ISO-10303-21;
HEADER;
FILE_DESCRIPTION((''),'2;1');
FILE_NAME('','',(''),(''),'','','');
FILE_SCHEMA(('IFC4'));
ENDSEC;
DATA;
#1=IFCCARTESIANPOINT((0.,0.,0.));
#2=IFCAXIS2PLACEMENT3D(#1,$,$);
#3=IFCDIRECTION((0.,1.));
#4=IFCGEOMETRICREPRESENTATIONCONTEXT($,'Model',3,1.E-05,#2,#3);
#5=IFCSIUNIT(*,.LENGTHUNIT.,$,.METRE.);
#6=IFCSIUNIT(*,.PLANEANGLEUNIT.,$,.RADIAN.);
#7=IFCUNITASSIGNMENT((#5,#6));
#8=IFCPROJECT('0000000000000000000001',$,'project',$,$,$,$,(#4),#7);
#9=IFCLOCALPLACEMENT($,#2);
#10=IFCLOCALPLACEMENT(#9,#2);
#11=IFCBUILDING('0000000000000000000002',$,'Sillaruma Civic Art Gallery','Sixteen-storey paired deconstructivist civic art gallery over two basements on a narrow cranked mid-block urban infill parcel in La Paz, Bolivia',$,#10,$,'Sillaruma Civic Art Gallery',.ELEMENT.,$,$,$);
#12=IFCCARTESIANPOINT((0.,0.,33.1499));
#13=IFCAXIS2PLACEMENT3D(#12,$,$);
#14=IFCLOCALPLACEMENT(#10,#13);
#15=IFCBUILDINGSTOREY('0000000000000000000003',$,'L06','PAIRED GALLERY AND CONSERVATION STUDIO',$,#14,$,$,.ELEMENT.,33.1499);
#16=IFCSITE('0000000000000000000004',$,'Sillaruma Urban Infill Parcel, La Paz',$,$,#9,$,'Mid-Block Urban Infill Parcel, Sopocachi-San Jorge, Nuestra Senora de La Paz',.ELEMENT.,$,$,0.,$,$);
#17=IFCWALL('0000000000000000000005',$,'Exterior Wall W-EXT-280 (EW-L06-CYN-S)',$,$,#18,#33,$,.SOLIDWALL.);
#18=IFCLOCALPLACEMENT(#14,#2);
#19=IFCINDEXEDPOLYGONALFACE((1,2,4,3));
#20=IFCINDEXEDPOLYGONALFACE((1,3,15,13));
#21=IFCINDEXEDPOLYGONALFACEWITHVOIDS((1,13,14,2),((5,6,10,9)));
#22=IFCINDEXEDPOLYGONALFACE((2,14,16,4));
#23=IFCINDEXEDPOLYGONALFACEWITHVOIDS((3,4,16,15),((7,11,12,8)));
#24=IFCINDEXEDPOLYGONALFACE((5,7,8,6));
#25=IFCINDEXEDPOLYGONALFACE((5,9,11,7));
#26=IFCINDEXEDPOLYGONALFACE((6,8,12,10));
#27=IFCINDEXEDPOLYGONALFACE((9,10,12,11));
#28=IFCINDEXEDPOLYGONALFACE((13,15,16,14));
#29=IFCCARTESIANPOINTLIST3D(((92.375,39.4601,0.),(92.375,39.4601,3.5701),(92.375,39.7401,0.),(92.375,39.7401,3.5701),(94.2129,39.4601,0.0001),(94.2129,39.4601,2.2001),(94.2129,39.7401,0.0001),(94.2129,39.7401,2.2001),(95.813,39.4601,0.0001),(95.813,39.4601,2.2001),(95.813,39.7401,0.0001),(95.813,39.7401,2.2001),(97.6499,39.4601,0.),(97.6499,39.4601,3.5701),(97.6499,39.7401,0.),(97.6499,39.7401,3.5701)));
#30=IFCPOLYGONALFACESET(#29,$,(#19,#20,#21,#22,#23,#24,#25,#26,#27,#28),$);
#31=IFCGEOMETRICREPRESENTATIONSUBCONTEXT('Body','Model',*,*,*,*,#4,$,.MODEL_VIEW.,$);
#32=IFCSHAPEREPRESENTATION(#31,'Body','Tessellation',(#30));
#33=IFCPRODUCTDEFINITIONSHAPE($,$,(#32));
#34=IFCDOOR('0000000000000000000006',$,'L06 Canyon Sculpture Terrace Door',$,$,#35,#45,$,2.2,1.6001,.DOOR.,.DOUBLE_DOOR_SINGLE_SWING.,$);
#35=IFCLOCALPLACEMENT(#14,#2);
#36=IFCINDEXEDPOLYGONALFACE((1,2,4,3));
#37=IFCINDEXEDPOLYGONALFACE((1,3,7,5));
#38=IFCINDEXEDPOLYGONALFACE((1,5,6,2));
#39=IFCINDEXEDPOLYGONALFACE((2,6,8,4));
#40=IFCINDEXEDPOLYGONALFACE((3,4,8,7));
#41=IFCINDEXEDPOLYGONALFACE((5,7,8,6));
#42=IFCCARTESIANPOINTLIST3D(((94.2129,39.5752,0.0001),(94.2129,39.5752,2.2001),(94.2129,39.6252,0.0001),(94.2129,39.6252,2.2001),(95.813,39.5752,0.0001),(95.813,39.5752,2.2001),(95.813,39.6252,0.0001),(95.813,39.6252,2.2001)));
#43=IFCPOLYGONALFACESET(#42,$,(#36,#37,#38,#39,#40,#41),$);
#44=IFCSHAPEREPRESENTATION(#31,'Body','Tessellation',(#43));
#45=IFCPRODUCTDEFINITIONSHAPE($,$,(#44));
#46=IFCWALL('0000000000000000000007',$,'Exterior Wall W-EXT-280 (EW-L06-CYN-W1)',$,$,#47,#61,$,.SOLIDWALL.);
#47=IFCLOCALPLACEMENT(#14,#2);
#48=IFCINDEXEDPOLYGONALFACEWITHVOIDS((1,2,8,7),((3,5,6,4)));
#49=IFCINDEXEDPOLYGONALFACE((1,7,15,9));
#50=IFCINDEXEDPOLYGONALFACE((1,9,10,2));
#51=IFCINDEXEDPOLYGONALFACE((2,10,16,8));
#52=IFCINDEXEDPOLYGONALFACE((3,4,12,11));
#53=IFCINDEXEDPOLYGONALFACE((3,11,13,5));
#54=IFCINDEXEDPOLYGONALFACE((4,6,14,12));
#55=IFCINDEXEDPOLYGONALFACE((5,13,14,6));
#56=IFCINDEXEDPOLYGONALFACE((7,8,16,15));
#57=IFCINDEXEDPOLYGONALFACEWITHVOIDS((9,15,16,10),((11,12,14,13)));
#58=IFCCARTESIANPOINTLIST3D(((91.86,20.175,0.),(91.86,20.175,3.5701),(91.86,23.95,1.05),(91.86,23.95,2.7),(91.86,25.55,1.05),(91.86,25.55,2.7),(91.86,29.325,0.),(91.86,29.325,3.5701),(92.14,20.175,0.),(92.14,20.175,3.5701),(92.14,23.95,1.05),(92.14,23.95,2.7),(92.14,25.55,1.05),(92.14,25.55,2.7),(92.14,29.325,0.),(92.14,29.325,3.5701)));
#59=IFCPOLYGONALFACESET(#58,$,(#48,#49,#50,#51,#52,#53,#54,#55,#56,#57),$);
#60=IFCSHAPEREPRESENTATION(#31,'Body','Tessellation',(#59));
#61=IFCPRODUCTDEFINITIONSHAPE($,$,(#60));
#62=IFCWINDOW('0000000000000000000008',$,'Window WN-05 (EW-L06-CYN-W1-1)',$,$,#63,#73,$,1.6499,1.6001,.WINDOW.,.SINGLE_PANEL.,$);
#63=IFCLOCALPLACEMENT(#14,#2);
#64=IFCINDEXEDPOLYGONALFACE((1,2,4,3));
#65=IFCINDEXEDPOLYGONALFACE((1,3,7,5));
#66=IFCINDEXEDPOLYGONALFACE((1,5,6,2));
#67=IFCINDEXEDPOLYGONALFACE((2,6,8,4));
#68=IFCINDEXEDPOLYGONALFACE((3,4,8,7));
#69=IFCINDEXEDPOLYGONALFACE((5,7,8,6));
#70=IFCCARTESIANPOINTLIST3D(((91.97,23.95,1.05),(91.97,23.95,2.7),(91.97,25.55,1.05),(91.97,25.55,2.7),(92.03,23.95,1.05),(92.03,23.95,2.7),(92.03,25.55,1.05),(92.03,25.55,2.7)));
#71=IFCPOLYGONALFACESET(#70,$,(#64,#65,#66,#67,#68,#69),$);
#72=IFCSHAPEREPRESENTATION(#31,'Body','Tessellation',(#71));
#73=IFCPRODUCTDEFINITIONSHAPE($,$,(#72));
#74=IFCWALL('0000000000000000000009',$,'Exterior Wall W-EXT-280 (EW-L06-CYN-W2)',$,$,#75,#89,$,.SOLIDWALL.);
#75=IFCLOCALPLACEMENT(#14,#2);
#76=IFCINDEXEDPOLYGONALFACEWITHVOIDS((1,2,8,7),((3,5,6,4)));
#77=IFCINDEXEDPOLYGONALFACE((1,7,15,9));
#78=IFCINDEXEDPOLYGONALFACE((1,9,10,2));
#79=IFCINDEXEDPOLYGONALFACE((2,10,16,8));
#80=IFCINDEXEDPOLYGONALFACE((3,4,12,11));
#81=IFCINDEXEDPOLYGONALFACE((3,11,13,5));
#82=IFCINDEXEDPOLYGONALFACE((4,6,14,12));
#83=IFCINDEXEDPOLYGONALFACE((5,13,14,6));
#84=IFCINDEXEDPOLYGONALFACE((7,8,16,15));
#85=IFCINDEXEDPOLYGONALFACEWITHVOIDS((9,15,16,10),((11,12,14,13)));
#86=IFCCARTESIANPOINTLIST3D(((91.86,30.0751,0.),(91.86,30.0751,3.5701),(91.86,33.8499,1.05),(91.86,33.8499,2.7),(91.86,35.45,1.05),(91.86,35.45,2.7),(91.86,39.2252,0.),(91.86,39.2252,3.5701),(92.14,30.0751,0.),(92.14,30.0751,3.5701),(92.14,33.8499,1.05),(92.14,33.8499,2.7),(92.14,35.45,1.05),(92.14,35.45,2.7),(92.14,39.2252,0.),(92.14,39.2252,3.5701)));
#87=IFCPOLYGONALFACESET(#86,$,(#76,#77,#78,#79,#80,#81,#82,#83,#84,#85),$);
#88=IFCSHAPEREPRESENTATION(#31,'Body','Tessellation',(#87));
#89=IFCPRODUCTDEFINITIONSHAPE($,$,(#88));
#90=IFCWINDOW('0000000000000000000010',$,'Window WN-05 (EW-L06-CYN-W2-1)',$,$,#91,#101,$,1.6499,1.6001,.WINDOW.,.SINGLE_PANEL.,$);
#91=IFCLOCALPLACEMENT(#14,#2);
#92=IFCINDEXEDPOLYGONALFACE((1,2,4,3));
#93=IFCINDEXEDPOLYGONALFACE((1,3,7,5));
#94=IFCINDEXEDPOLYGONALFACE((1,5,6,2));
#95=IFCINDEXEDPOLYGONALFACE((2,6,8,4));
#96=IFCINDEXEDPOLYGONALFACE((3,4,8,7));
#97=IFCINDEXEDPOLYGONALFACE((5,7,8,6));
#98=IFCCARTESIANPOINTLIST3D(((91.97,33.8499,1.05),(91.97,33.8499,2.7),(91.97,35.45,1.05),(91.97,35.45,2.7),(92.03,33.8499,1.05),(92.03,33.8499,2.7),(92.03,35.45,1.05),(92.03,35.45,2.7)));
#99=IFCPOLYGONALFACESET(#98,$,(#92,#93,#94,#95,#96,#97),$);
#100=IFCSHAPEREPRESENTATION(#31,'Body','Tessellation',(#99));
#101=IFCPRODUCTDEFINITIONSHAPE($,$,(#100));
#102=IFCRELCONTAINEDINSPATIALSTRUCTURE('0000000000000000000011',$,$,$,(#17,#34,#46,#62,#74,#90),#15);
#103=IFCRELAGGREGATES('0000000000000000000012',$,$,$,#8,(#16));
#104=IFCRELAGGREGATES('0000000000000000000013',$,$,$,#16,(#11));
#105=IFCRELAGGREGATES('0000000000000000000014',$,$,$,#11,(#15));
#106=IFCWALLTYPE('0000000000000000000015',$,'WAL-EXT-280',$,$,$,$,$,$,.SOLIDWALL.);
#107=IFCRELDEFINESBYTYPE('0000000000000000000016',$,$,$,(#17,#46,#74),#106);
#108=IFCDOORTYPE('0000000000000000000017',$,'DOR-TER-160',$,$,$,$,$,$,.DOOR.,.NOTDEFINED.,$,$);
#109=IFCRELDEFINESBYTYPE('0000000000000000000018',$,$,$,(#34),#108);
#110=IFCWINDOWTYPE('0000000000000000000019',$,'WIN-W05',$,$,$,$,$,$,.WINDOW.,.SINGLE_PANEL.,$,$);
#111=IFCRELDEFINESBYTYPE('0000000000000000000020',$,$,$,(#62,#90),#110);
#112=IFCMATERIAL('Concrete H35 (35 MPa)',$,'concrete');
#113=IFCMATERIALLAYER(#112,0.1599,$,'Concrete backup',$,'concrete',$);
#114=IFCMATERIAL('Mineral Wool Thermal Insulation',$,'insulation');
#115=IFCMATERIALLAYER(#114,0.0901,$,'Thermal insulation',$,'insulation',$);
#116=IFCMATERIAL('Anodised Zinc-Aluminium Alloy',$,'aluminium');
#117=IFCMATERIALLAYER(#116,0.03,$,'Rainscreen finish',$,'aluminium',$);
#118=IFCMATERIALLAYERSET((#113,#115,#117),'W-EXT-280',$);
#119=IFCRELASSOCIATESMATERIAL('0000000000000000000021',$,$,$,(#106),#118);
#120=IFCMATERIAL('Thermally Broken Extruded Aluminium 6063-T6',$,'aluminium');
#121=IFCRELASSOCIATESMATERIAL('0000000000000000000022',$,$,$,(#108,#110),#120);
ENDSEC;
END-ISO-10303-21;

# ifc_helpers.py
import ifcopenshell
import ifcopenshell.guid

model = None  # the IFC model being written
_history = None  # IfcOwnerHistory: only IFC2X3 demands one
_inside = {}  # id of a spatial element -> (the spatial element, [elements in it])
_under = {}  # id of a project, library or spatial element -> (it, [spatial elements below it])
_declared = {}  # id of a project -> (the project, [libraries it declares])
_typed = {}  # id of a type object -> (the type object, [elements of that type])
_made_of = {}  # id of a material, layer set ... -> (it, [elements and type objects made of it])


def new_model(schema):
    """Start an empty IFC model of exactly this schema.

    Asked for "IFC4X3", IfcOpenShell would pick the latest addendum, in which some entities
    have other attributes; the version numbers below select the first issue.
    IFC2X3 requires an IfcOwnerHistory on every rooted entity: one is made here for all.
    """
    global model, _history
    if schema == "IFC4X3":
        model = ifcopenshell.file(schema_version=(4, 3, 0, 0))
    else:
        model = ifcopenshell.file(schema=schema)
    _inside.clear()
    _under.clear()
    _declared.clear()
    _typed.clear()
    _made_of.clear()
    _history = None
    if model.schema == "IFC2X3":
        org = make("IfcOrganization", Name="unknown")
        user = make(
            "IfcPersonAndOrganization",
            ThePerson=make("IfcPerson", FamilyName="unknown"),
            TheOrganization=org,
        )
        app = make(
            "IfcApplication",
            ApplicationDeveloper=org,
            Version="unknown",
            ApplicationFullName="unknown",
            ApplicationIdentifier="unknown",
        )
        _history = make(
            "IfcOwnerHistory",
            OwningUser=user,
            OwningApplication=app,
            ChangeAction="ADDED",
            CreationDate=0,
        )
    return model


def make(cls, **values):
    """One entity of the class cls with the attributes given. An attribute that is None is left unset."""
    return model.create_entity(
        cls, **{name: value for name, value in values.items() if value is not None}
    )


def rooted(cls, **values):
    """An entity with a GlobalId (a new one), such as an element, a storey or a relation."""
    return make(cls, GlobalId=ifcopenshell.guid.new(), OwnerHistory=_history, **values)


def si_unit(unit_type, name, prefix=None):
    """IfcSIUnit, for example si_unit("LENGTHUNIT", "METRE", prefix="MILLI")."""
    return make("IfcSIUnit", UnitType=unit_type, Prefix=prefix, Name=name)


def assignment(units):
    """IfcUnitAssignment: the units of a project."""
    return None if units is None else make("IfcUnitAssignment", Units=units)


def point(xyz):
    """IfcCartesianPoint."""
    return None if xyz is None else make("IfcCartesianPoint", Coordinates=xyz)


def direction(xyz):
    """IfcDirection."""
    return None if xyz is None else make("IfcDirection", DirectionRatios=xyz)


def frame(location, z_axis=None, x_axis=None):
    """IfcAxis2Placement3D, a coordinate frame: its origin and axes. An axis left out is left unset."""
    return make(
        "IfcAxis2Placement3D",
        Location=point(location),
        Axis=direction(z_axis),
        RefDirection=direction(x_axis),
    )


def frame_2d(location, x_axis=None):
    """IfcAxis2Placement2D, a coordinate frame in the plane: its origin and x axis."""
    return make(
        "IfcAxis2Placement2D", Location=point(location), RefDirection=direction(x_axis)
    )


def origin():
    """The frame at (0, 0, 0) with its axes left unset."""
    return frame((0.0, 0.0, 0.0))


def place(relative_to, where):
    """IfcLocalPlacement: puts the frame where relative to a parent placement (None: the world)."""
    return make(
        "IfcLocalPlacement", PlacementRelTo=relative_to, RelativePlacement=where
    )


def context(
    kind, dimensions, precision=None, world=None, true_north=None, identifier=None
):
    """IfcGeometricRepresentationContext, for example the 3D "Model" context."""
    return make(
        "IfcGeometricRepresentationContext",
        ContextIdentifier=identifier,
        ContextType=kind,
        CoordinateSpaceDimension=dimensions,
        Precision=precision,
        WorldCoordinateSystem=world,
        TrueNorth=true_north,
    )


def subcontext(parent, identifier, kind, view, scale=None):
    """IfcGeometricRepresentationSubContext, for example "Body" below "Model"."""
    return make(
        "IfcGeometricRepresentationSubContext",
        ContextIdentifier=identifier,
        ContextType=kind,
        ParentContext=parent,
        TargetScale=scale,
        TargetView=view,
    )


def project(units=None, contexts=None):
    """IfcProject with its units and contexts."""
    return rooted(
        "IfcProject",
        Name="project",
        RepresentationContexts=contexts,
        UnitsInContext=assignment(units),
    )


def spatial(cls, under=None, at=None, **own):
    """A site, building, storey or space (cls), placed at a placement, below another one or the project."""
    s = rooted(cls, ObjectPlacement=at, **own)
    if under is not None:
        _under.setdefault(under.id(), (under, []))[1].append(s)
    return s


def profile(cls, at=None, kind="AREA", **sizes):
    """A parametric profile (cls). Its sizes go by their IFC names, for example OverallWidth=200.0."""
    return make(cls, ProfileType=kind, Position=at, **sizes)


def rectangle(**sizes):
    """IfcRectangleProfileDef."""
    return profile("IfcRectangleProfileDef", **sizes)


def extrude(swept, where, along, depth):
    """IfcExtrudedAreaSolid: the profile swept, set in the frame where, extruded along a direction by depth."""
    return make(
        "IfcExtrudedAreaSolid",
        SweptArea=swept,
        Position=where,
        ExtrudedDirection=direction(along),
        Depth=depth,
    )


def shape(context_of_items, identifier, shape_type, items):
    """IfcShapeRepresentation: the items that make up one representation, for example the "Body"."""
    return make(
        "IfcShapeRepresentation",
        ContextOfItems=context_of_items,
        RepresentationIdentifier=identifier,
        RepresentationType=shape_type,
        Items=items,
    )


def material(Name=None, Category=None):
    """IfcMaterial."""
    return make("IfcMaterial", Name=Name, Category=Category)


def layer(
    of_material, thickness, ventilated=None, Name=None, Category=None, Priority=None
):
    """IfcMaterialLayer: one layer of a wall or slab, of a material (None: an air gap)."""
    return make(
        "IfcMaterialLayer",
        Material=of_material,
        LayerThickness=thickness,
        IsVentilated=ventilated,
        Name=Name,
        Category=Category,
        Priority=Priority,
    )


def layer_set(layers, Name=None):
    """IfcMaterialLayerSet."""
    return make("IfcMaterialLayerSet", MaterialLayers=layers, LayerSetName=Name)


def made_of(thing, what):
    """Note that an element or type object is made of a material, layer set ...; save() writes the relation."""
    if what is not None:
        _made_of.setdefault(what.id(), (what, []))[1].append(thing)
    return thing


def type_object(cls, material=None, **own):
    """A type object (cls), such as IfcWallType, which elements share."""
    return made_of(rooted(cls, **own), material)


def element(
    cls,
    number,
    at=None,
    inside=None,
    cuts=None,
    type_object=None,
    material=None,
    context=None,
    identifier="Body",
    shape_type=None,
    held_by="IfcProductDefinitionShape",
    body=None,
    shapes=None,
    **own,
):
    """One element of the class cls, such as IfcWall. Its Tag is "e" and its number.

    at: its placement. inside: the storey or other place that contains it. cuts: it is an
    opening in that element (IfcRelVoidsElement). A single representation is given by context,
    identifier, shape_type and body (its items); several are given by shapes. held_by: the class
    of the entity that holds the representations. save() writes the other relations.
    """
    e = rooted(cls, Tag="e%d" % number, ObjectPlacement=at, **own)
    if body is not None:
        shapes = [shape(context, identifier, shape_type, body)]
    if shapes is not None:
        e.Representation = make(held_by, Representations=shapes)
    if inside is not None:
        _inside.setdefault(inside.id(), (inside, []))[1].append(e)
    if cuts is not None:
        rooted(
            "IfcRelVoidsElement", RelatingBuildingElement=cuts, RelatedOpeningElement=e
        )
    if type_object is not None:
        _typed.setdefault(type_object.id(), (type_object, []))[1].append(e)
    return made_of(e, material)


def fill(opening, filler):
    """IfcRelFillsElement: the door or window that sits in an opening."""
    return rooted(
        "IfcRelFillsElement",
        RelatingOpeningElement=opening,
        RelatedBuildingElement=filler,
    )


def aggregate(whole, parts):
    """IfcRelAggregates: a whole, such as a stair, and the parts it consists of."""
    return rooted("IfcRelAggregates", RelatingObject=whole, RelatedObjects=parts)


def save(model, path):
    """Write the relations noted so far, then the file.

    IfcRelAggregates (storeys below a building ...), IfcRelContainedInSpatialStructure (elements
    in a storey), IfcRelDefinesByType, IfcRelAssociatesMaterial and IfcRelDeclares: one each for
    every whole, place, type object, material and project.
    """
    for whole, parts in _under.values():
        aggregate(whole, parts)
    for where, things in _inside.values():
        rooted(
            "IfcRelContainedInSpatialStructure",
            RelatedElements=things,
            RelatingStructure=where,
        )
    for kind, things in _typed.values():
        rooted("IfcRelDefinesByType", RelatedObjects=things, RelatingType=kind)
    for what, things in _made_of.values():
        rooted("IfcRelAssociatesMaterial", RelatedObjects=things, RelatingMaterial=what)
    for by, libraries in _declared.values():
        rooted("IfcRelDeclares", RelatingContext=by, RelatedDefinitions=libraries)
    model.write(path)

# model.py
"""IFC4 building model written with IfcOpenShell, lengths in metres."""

from ifc_helpers import new_model, si_unit, direction, frame, frame_2d, origin, place, context, subcontext, project, spatial, rectangle, extrude, material, layer, layer_set, type_object, element, fill, save


model = new_model("IFC4")

# Units and contexts
model_context = context("Model", 3, precision=1e-05, world=origin(), true_north=direction((0.0, 1.0)))
body_context = subcontext(model_context, "Body", "Model", "MODEL_VIEW")
ifc_project = project(units=[si_unit("LENGTHUNIT", "METRE"), si_unit("PLANEANGLEUNIT", "RADIAN")], contexts=[model_context])

# Site, building, storey
site_placement = place(None, origin())
site = spatial("IfcSite", under=ifc_project, at=site_placement, Name="Sillaruma Urban Infill Parcel, La Paz", LongName="Mid-Block Urban Infill Parcel, Sopocachi-San Jorge, Nuestra Senora de La Paz", CompositionType="ELEMENT", RefElevation=0.0)
building_placement = place(site_placement, origin())
building = spatial("IfcBuilding", under=site, at=building_placement, Name="Sillaruma Civic Art Gallery", Description="Sixteen-storey paired deconstructivist civic art gallery over two basements on a narrow cranked mid-block urban infill parcel in La Paz, Bolivia", LongName="Sillaruma Civic Art Gallery", CompositionType="ELEMENT")
storey_placement = place(building_placement, frame((0.0, 0.0, 33.1499)))
storey = spatial("IfcBuildingStorey", under=building, at=storey_placement, Name="L06", Description="PAIRED GALLERY AND CONSERVATION STUDIO", CompositionType="ELEMENT", Elevation=33.1499)

# Shared definitions
ifc_material_1 = material(Name="Concrete H35 (35 MPa)", Category="concrete")

# Wall, opening, door
ifc_layer_1 = layer(ifc_material_1, 0.1599, Name="Concrete backup", Category="concrete")
ifc_material_2 = material(Name="Mineral Wool Thermal Insulation", Category="insulation")
ifc_layer_2 = layer(ifc_material_2, 0.0901, Name="Thermal insulation", Category="insulation")
ifc_material_3 = material(Name="Anodised Zinc-Aluminium Alloy", Category="aluminium")
ifc_layer_3 = layer(ifc_material_3, 0.03, Name="Rainscreen finish", Category="aluminium")
ifc_layer_set = layer_set([ifc_layer_1, ifc_layer_2, ifc_layer_3], Name="W-EXT-280")
wall_type = type_object("IfcWallType", Name="WAL-EXT-280", PredefinedType="SOLIDWALL", material=ifc_layer_set)
wall_1_placement = place(storey_placement, frame((92.375, 39.6001, 0.0), z_axis=(0.0, 0.0, 1.0), x_axis=(1.0, 0.0, 0.0)))
wall_1 = element("IfcWall", 1, at=wall_1_placement, inside=storey, type_object=wall_type, Name="Exterior Wall W-EXT-280 (EW-L06-CYN-S)", PredefinedType="SOLIDWALL", context=body_context, shape_type="SweptSolid", body=[
    extrude(rectangle(XDim=5.2749, YDim=0.28, at=frame_2d((2.6375, 0.0))), origin(), (0.0, 0.0, 1.0), 3.5701),
])
opening_1_placement = place(wall_1_placement, frame((1.8379, 0.0, 0.0)))
opening_1 = element("IfcOpeningElement", 2, at=opening_1_placement, cuts=wall_1, PredefinedType="OPENING", context=body_context, shape_type="SweptSolid", body=[
    extrude(rectangle(XDim=1.6001, YDim=2.2, at=frame_2d((0.8, 1.1001))), frame((0.0, 0.1499, 0.0), z_axis=(0.0, -1.0, 0.0), x_axis=(1.0, 0.0, 0.0)), (0.0, 0.0, 1.0), 0.3),
])
ifc_material_4 = material(Name="Thermally Broken Extruded Aluminium 6063-T6", Category="aluminium")
door_type = type_object("IfcDoorType", Name="DOR-TER-160", OperationType="NOTDEFINED", PredefinedType="DOOR", material=ifc_material_4)
door_placement = place(opening_1_placement, frame((1.6001, 0.0, 0.0), z_axis=(0.0, 0.0, 1.0), x_axis=(-1.0, 0.0, 0.0)))
door = element("IfcDoor", 3, at=door_placement, inside=storey, type_object=door_type, Name="L06 Canyon Sculpture Terrace Door", OperationType="DOUBLE_DOOR_SINGLE_SWING", OverallHeight=2.2, OverallWidth=1.6001, PredefinedType="DOOR", context=body_context, shape_type="SweptSolid", body=[
    extrude(rectangle(XDim=1.6001, YDim=2.2, at=frame_2d((0.8, 1.1001))), frame((0.0, 0.0249, 0.0), z_axis=(0.0, -1.0, 0.0), x_axis=(1.0, 0.0, 0.0)), (0.0, 0.0, 1.0), 0.05),
])
fill(opening_1, door)

# Walls, openings, windows
wall_2_placement = place(storey_placement, frame((92.0, 20.175, 0.0), z_axis=(0.0, 0.0, 1.0), x_axis=(0.0, 1.0, 0.0)))
wall_2 = element("IfcWall", 4, at=wall_2_placement, inside=storey, type_object=wall_type, Name="Exterior Wall W-EXT-280 (EW-L06-CYN-W1)", PredefinedType="SOLIDWALL", context=body_context, shape_type="SweptSolid", body=[
    extrude(rectangle(XDim=9.1499, YDim=0.28, at=frame_2d((4.575, 0.0))), origin(), (0.0, 0.0, 1.0), 3.5701),
])
opening_2_placement = place(wall_2_placement, frame((3.7749, 0.0, 1.05)))
opening_2 = element("IfcOpeningElement", 5, at=opening_2_placement, cuts=wall_2, PredefinedType="OPENING", context=body_context, shape_type="SweptSolid", body=[
    extrude(rectangle(XDim=1.6001, YDim=1.6499, at=frame_2d((0.8, 0.825))), frame((0.0, 0.1499, 0.0), z_axis=(0.0, -1.0, 0.0), x_axis=(1.0, 0.0, 0.0)), (0.0, 0.0, 1.0), 0.3),
])
window_type = type_object("IfcWindowType", Name="WIN-W05", PartitioningType="SINGLE_PANEL", PredefinedType="WINDOW", material=ifc_material_4)
window_1_placement = place(opening_2_placement, origin())
window_1 = element("IfcWindow", 6, at=window_1_placement, inside=storey, type_object=window_type, Name="Window WN-05 (EW-L06-CYN-W1-1)", OverallHeight=1.6499, OverallWidth=1.6001, PartitioningType="SINGLE_PANEL", PredefinedType="WINDOW", context=body_context, shape_type="SweptSolid", body=[
    extrude(rectangle(XDim=1.6001, YDim=1.6499, at=frame_2d((0.8, 0.825))), frame((0.0, 0.03, 0.0), z_axis=(0.0, -1.0, 0.0), x_axis=(1.0, 0.0, 0.0)), (0.0, 0.0, 1.0), 0.0601),
])
fill(opening_2, window_1)
wall_3_placement = place(storey_placement, frame((92.0, 30.075, 0.0), z_axis=(0.0, 0.0, 1.0), x_axis=(0.0, 1.0, 0.0)))
wall_3 = element("IfcWall", 7, at=wall_3_placement, inside=storey, type_object=wall_type, Name="Exterior Wall W-EXT-280 (EW-L06-CYN-W2)", PredefinedType="SOLIDWALL", context=body_context, shape_type="SweptSolid", body=[
    extrude(rectangle(XDim=9.1501, YDim=0.28, at=frame_2d((4.5752, 0.0))), origin(), (0.0, 0.0, 1.0), 3.5701),
])
opening_3_placement = place(wall_3_placement, frame((3.7749, 0.0, 1.05)))
opening_3 = element("IfcOpeningElement", 8, at=opening_3_placement, cuts=wall_3, PredefinedType="OPENING", context=body_context, shape_type="SweptSolid", body=[
    extrude(rectangle(XDim=1.6001, YDim=1.6499, at=frame_2d((0.8, 0.825))), frame((0.0, 0.1499, 0.0), z_axis=(0.0, -1.0, 0.0), x_axis=(1.0, 0.0, 0.0)), (0.0, 0.0, 1.0), 0.3),
])
window_2_placement = place(opening_3_placement, origin())
window_2 = element("IfcWindow", 9, at=window_2_placement, inside=storey, type_object=window_type, Name="Window WN-05 (EW-L06-CYN-W2-1)", OverallHeight=1.6499, OverallWidth=1.6001, PartitioningType="SINGLE_PANEL", PredefinedType="WINDOW", context=body_context, shape_type="SweptSolid", body=[
    extrude(rectangle(XDim=1.6001, YDim=1.6499, at=frame_2d((0.8, 0.825))), frame((0.0, 0.03, 0.0), z_axis=(0.0, -1.0, 0.0), x_axis=(1.0, 0.0, 0.0)), (0.0, 0.0, 1.0), 0.0601),
])
fill(opening_3, window_2)

save(model, "model.ifc")
